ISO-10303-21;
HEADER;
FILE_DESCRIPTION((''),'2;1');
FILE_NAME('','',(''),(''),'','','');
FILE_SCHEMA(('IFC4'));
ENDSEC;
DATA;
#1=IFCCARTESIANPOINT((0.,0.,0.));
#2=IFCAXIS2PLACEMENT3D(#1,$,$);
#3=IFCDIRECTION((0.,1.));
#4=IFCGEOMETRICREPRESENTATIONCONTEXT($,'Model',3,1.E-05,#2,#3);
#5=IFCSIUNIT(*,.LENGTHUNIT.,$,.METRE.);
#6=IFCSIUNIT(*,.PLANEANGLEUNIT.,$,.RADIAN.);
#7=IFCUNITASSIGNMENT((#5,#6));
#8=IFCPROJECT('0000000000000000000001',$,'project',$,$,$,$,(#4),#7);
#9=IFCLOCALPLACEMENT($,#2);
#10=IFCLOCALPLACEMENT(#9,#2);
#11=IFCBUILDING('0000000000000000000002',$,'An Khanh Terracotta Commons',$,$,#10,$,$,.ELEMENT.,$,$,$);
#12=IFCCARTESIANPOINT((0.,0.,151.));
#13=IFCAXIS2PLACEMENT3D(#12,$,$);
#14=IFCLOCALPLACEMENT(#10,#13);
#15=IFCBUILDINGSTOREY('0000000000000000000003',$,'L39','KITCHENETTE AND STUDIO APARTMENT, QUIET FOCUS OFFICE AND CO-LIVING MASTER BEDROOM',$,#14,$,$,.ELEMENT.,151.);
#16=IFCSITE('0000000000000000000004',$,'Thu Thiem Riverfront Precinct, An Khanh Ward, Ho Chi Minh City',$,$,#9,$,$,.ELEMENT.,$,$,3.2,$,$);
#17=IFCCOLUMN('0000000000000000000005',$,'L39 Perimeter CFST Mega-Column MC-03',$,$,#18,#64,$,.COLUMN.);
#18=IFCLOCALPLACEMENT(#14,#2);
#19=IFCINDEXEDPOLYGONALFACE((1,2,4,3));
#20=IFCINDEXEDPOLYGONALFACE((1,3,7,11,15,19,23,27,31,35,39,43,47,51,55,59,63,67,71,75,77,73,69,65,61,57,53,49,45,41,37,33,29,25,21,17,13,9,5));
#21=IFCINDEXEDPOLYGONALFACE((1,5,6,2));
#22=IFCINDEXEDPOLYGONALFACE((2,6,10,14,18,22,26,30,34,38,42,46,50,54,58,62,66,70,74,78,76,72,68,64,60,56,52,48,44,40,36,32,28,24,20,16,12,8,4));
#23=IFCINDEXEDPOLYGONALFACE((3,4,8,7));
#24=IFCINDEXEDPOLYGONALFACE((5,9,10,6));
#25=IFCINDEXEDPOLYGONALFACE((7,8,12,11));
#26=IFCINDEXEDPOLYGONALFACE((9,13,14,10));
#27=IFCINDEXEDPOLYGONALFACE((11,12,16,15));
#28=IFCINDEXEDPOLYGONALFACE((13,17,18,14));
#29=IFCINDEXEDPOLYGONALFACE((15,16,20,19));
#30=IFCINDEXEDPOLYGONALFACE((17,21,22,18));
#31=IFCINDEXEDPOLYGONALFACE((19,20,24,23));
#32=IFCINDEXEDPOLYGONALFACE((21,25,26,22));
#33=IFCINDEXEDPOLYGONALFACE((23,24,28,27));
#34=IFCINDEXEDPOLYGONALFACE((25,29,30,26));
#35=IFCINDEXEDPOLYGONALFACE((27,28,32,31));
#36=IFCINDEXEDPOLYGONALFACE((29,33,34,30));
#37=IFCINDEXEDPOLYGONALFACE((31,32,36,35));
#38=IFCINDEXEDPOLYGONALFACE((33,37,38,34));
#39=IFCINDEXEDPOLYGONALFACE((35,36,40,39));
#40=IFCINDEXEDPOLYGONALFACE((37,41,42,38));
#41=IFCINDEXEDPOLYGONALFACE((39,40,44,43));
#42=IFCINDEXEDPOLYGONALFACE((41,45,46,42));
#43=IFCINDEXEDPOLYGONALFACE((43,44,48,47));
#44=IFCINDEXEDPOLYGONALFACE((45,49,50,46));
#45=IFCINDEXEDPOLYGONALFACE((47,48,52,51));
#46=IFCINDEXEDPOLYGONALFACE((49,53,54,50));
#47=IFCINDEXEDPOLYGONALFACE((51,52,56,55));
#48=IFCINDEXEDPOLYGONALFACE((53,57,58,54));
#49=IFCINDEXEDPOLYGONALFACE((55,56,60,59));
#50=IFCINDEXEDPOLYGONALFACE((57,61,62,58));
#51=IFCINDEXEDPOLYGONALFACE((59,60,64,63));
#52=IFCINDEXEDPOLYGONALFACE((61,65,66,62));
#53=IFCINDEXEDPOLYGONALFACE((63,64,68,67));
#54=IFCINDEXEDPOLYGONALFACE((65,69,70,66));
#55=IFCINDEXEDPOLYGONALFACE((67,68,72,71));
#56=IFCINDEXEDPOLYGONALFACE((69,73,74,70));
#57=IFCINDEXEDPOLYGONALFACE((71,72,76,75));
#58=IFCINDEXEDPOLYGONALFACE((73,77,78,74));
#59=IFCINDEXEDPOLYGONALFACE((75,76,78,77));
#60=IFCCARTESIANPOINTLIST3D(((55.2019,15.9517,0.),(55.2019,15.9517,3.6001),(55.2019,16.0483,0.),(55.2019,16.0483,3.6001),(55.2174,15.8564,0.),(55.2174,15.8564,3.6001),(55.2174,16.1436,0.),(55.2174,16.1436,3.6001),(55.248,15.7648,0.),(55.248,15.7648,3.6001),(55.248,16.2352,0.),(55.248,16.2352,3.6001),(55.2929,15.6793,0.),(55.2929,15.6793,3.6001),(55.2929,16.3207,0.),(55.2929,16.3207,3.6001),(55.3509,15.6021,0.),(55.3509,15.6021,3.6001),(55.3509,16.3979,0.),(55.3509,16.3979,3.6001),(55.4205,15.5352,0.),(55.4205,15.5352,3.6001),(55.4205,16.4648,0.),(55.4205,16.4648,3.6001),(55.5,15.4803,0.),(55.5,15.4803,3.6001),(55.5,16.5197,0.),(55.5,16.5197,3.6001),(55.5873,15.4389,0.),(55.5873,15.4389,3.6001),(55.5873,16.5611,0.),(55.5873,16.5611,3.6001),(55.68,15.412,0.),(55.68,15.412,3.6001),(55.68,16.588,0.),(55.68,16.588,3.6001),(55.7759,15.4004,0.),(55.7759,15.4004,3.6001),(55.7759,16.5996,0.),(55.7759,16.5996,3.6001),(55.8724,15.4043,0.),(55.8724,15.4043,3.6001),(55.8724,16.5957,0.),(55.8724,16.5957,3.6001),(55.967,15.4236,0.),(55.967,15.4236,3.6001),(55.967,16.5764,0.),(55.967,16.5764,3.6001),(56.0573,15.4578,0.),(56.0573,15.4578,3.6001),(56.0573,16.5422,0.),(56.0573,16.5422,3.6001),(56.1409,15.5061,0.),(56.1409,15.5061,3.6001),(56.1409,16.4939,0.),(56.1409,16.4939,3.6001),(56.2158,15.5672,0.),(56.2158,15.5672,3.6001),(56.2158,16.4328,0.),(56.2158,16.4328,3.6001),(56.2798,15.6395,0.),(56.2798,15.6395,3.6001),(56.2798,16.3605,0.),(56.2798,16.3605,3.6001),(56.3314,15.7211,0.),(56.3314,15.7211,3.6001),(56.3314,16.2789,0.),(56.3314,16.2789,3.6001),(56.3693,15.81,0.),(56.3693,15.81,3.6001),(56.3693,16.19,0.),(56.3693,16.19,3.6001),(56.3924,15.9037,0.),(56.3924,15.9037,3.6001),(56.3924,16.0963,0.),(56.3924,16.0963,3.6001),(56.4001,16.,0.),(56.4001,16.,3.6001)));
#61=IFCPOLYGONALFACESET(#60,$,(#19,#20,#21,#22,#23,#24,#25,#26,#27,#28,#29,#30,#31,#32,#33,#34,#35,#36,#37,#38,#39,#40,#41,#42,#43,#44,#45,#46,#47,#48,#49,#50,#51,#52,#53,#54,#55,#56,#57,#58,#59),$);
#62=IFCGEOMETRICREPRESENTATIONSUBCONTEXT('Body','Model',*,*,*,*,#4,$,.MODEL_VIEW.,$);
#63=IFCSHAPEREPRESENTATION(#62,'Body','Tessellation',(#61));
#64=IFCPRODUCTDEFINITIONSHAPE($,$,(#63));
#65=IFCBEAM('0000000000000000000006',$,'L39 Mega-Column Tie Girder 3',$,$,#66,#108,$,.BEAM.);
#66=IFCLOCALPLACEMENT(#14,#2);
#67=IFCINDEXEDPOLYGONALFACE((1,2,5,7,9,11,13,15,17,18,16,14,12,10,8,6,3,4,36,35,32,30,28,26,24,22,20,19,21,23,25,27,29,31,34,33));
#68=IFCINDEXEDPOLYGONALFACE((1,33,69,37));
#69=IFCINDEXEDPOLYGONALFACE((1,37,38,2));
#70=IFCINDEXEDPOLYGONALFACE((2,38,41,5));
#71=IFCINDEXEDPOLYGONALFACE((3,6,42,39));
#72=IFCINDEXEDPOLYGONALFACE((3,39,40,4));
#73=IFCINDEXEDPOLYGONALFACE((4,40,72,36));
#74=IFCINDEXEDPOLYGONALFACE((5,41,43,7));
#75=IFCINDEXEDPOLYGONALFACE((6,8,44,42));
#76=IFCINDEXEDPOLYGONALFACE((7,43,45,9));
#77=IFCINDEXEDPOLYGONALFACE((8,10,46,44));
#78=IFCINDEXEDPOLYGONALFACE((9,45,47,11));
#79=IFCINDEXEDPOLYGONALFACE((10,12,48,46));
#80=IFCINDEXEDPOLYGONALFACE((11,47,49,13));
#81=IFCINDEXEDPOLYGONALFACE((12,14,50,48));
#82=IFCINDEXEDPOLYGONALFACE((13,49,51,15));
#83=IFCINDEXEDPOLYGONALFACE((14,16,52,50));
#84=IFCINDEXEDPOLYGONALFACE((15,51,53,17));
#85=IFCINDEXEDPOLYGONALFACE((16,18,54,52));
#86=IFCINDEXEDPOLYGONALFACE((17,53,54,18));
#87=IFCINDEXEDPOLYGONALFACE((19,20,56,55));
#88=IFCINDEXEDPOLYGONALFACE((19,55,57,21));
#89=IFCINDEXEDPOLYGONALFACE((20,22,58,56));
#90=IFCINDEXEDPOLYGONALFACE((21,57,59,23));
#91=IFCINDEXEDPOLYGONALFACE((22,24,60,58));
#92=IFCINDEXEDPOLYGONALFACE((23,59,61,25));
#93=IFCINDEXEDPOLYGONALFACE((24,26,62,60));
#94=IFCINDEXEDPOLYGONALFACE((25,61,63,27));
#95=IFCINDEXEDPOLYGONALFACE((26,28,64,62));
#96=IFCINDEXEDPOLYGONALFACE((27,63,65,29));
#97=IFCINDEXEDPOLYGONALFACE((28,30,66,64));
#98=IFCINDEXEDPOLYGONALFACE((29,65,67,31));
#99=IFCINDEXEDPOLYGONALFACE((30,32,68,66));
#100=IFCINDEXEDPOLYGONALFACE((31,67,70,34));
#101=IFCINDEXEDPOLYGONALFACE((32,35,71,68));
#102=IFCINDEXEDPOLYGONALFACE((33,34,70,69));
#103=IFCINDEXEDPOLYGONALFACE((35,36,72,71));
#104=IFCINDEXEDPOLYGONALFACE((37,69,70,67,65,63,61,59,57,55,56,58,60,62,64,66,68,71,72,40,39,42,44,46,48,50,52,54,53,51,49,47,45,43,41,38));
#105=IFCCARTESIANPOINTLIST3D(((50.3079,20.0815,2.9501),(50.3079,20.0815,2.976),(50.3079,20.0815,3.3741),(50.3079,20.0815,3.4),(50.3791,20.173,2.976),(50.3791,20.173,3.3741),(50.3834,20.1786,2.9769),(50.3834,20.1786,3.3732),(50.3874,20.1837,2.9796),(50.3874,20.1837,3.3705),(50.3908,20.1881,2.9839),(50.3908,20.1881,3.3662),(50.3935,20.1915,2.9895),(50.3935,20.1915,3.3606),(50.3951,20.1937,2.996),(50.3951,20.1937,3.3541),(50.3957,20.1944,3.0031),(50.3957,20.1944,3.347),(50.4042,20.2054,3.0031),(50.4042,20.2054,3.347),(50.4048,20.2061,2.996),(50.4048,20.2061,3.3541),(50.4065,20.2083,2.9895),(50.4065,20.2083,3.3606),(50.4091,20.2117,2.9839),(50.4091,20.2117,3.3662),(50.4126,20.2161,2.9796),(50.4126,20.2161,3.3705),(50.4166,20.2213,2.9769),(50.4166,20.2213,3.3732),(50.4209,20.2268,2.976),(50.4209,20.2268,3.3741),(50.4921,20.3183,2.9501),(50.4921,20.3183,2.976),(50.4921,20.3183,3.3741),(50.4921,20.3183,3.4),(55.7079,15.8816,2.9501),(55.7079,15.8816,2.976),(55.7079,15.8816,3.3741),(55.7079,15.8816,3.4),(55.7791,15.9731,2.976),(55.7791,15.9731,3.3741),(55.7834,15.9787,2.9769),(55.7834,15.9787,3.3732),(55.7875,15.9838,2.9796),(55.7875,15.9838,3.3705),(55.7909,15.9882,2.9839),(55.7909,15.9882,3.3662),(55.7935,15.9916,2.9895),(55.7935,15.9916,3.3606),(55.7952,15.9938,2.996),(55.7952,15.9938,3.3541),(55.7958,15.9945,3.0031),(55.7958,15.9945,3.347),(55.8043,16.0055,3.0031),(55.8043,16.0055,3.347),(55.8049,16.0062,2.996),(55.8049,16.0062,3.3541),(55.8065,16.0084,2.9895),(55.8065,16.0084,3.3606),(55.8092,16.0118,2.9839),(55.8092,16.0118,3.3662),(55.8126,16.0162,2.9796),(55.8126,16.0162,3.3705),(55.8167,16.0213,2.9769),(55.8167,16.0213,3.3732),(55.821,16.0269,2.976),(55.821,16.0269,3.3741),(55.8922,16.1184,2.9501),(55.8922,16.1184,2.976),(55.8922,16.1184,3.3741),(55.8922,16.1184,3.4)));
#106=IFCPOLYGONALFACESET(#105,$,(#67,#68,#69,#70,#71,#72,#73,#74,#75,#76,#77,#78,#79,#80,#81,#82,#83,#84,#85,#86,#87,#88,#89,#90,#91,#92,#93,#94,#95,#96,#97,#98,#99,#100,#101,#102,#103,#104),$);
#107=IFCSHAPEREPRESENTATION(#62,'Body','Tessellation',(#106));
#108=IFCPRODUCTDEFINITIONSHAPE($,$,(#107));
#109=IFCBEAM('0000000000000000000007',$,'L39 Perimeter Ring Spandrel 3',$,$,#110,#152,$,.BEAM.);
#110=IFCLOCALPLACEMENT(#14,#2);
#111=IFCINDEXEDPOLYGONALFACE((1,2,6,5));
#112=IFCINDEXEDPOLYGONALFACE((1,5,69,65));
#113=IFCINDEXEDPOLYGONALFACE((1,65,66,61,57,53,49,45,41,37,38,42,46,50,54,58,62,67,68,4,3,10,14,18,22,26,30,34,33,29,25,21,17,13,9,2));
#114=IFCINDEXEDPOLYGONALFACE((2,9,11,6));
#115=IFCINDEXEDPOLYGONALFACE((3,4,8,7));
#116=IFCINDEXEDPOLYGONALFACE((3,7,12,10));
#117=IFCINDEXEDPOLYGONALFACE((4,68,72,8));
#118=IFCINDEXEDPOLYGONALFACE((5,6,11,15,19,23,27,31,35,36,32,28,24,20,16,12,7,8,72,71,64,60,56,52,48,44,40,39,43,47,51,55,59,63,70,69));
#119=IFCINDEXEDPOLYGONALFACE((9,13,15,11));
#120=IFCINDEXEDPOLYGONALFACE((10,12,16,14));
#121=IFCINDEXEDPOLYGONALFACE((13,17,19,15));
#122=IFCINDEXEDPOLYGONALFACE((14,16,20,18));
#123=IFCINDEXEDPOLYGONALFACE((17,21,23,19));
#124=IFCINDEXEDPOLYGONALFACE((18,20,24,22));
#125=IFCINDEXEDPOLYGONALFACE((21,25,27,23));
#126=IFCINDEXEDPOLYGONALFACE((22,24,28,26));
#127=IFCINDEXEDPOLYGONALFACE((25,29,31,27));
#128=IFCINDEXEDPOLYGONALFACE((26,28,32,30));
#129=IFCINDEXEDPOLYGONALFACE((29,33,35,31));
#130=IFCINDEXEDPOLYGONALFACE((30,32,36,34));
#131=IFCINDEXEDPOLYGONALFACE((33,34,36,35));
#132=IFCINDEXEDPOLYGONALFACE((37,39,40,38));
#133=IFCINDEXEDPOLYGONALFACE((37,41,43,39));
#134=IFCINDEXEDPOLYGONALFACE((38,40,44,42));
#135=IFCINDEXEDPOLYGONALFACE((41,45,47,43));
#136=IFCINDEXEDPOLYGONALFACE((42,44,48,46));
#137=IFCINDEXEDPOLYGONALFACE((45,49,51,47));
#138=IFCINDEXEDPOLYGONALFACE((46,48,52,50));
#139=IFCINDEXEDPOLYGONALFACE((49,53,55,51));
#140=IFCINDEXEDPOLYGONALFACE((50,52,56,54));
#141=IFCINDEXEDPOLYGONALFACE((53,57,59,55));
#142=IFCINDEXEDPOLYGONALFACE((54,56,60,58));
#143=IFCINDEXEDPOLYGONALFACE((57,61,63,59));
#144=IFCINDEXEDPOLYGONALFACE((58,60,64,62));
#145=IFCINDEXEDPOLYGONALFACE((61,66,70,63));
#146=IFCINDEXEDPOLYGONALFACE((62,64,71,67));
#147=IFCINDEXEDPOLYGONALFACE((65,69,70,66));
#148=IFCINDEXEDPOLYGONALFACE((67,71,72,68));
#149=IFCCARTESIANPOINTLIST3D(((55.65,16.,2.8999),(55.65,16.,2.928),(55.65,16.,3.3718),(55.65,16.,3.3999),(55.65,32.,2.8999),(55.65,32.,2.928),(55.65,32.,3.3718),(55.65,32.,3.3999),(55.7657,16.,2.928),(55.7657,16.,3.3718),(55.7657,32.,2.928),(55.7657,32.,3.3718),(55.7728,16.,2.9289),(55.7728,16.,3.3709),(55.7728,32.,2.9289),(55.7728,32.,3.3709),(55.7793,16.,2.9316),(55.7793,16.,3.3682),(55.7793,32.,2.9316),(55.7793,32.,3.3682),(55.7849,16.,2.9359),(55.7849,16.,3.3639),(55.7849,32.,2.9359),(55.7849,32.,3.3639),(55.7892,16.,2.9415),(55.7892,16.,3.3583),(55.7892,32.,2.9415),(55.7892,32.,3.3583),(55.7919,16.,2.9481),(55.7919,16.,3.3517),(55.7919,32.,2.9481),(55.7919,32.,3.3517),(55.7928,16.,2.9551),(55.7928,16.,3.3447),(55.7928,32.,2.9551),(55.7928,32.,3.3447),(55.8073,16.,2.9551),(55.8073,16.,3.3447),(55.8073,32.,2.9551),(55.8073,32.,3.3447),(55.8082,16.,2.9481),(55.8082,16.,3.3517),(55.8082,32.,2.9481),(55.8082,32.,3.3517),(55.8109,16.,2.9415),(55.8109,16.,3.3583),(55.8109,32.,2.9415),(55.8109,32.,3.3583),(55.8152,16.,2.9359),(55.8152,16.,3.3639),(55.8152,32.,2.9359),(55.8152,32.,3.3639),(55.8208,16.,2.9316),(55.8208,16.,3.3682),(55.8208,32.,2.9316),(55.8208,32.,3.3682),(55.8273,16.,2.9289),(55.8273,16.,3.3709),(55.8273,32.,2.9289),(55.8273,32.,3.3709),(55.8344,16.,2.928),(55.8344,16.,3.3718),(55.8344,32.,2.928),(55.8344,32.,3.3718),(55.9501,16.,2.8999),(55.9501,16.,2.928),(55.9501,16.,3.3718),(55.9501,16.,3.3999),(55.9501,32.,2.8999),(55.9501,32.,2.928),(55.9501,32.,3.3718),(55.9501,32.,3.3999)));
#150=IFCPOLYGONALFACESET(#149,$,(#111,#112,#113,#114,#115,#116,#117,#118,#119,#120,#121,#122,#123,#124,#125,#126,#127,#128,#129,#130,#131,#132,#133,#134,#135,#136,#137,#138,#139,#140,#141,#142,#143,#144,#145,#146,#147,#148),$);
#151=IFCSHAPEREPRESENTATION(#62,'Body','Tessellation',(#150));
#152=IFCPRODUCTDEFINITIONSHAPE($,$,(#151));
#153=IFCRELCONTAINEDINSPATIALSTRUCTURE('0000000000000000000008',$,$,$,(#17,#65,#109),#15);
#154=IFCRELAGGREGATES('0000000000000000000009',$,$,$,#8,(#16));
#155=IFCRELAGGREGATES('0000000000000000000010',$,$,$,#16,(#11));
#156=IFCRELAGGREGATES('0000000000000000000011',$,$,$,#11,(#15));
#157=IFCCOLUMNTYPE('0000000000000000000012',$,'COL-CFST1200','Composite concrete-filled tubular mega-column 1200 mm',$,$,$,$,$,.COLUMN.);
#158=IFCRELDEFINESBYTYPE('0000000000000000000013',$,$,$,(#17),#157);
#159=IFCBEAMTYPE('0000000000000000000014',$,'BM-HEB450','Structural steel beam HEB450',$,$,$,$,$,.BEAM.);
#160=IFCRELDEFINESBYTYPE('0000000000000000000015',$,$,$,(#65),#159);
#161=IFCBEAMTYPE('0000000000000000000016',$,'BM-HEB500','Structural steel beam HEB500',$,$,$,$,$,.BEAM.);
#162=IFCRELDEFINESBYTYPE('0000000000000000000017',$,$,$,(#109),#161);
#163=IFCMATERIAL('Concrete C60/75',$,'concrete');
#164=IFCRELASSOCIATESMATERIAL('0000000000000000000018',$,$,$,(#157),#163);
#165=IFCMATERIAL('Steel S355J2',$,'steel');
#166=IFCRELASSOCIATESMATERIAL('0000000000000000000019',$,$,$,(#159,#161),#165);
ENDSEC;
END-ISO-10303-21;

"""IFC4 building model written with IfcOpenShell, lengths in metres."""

from ifc_helpers import new_model, si_unit, direction, frame, origin, origin_2d, place, context, subcontext, project, spatial, circle, i_section, extrude, material, material_profile, profile_set, type_object, element, save


model = new_model("IFC4")

# Units and contexts
model_context = context("Model", 3, precision=1e-05, world=origin(), true_north=direction((0.0, 1.0)))
body_context = subcontext(model_context, "Body", "Model", "MODEL_VIEW")
ifc_project = project(units=[si_unit("LENGTHUNIT", "METRE"), si_unit("PLANEANGLEUNIT", "RADIAN")], contexts=[model_context])

# Site, building, storey
site_placement = place(None, origin())
site = spatial("IfcSite", under=ifc_project, at=site_placement, Name="Thu Thiem Riverfront Precinct, An Khanh Ward, Ho Chi Minh City", CompositionType="ELEMENT", RefElevation=3.2)
building_placement = place(site_placement, origin())
building = spatial("IfcBuilding", under=site, at=building_placement, Name="An Khanh Terracotta Commons", CompositionType="ELEMENT")
storey_placement = place(building_placement, frame((0.0, 0.0, 151.0)))
storey = spatial("IfcBuildingStorey", under=building, at=storey_placement, Name="L39", Description="KITCHENETTE AND STUDIO APARTMENT, QUIET FOCUS OFFICE AND CO-LIVING MASTER BEDROOM", CompositionType="ELEMENT", Elevation=151.0)

# Column
ifc_material_1 = material(Name="Concrete C60/75", Category="concrete")
ifc_material_profile_1 = material_profile(ifc_material_1, circle(Radius=0.6001, at=origin_2d()), Name="CFST1200")
ifc_profile_set_1 = profile_set([ifc_material_profile_1], Name="Concrete C60/75")
column_type = type_object("IfcColumnType", Name="COL-CFST1200", Description="Composite concrete-filled tubular mega-column 1200 mm", PredefinedType="COLUMN", material=ifc_profile_set_1)
column_placement = place(storey_placement, frame((55.8, 16.0, 0.0), z_axis=(0.0, 0.0, 1.0), x_axis=(1.0, 0.0, 0.0)))
element("IfcColumn", 1, at=column_placement, inside=storey, type_object=column_type, Name="L39 Perimeter CFST Mega-Column MC-03", PredefinedType="COLUMN", context=body_context, shape_type="SweptSolid", body=[
    extrude(circle(Radius=0.6001, at=origin_2d()), origin(), (0.0, 0.0, 1.0), 3.6001),
])

# Beams
ifc_material_2 = material(Name="Steel S355J2", Category="steel")
ifc_material_profile_2 = material_profile(ifc_material_2, i_section(OverallWidth=0.3, OverallDepth=0.45, WebThickness=0.0139, FlangeThickness=0.0259, FilletRadius=0.0271, at=origin_2d()), Name="HEB450")
ifc_profile_set_2 = profile_set([ifc_material_profile_2], Name="Steel S355J2")
beam_type_1 = type_object("IfcBeamType", Name="BM-HEB450", Description="Structural steel beam HEB450", PredefinedType="BEAM", material=ifc_profile_set_2)
beam_1_placement = place(storey_placement, frame((55.8, 16.0, 3.175), z_axis=(-0.789364, 0.613926, 0.0), x_axis=(-0.613926, -0.789364, 0.0)))
element("IfcBeam", 2, at=beam_1_placement, inside=storey, type_object=beam_type_1, Name="L39 Mega-Column Tie Girder 3", PredefinedType="BEAM", context=body_context, shape_type="SweptSolid", body=[
    extrude(i_section(OverallWidth=0.3, OverallDepth=0.45, WebThickness=0.0139, FlangeThickness=0.0259, FilletRadius=0.0271, at=origin_2d()), origin(), (0.0, 0.0, 1.0), 6.8411),
])
ifc_material_profile_3 = material_profile(ifc_material_2, i_section(OverallWidth=0.3, OverallDepth=0.5, WebThickness=0.0144, FlangeThickness=0.0281, FilletRadius=0.0271, at=origin_2d()), Name="HEB500")
ifc_profile_set_3 = profile_set([ifc_material_profile_3], Name="Steel S355J2")
beam_type_2 = type_object("IfcBeamType", Name="BM-HEB500", Description="Structural steel beam HEB500", PredefinedType="BEAM", material=ifc_profile_set_3)
beam_2_placement = place(storey_placement, frame((55.8, 16.0, 3.1499), z_axis=(0.0, 1.0, 0.0), x_axis=(-1.0, 0.0, 0.0)))
element("IfcBeam", 3, at=beam_2_placement, inside=storey, type_object=beam_type_2, Name="L39 Perimeter Ring Spandrel 3", PredefinedType="BEAM", context=body_context, shape_type="SweptSolid", body=[
    extrude(i_section(OverallWidth=0.3, OverallDepth=0.5, WebThickness=0.0144, FlangeThickness=0.0281, FilletRadius=0.0271, at=origin_2d()), origin(), (0.0, 0.0, 1.0), 16.0),
])

save(model, "model.ifc")
